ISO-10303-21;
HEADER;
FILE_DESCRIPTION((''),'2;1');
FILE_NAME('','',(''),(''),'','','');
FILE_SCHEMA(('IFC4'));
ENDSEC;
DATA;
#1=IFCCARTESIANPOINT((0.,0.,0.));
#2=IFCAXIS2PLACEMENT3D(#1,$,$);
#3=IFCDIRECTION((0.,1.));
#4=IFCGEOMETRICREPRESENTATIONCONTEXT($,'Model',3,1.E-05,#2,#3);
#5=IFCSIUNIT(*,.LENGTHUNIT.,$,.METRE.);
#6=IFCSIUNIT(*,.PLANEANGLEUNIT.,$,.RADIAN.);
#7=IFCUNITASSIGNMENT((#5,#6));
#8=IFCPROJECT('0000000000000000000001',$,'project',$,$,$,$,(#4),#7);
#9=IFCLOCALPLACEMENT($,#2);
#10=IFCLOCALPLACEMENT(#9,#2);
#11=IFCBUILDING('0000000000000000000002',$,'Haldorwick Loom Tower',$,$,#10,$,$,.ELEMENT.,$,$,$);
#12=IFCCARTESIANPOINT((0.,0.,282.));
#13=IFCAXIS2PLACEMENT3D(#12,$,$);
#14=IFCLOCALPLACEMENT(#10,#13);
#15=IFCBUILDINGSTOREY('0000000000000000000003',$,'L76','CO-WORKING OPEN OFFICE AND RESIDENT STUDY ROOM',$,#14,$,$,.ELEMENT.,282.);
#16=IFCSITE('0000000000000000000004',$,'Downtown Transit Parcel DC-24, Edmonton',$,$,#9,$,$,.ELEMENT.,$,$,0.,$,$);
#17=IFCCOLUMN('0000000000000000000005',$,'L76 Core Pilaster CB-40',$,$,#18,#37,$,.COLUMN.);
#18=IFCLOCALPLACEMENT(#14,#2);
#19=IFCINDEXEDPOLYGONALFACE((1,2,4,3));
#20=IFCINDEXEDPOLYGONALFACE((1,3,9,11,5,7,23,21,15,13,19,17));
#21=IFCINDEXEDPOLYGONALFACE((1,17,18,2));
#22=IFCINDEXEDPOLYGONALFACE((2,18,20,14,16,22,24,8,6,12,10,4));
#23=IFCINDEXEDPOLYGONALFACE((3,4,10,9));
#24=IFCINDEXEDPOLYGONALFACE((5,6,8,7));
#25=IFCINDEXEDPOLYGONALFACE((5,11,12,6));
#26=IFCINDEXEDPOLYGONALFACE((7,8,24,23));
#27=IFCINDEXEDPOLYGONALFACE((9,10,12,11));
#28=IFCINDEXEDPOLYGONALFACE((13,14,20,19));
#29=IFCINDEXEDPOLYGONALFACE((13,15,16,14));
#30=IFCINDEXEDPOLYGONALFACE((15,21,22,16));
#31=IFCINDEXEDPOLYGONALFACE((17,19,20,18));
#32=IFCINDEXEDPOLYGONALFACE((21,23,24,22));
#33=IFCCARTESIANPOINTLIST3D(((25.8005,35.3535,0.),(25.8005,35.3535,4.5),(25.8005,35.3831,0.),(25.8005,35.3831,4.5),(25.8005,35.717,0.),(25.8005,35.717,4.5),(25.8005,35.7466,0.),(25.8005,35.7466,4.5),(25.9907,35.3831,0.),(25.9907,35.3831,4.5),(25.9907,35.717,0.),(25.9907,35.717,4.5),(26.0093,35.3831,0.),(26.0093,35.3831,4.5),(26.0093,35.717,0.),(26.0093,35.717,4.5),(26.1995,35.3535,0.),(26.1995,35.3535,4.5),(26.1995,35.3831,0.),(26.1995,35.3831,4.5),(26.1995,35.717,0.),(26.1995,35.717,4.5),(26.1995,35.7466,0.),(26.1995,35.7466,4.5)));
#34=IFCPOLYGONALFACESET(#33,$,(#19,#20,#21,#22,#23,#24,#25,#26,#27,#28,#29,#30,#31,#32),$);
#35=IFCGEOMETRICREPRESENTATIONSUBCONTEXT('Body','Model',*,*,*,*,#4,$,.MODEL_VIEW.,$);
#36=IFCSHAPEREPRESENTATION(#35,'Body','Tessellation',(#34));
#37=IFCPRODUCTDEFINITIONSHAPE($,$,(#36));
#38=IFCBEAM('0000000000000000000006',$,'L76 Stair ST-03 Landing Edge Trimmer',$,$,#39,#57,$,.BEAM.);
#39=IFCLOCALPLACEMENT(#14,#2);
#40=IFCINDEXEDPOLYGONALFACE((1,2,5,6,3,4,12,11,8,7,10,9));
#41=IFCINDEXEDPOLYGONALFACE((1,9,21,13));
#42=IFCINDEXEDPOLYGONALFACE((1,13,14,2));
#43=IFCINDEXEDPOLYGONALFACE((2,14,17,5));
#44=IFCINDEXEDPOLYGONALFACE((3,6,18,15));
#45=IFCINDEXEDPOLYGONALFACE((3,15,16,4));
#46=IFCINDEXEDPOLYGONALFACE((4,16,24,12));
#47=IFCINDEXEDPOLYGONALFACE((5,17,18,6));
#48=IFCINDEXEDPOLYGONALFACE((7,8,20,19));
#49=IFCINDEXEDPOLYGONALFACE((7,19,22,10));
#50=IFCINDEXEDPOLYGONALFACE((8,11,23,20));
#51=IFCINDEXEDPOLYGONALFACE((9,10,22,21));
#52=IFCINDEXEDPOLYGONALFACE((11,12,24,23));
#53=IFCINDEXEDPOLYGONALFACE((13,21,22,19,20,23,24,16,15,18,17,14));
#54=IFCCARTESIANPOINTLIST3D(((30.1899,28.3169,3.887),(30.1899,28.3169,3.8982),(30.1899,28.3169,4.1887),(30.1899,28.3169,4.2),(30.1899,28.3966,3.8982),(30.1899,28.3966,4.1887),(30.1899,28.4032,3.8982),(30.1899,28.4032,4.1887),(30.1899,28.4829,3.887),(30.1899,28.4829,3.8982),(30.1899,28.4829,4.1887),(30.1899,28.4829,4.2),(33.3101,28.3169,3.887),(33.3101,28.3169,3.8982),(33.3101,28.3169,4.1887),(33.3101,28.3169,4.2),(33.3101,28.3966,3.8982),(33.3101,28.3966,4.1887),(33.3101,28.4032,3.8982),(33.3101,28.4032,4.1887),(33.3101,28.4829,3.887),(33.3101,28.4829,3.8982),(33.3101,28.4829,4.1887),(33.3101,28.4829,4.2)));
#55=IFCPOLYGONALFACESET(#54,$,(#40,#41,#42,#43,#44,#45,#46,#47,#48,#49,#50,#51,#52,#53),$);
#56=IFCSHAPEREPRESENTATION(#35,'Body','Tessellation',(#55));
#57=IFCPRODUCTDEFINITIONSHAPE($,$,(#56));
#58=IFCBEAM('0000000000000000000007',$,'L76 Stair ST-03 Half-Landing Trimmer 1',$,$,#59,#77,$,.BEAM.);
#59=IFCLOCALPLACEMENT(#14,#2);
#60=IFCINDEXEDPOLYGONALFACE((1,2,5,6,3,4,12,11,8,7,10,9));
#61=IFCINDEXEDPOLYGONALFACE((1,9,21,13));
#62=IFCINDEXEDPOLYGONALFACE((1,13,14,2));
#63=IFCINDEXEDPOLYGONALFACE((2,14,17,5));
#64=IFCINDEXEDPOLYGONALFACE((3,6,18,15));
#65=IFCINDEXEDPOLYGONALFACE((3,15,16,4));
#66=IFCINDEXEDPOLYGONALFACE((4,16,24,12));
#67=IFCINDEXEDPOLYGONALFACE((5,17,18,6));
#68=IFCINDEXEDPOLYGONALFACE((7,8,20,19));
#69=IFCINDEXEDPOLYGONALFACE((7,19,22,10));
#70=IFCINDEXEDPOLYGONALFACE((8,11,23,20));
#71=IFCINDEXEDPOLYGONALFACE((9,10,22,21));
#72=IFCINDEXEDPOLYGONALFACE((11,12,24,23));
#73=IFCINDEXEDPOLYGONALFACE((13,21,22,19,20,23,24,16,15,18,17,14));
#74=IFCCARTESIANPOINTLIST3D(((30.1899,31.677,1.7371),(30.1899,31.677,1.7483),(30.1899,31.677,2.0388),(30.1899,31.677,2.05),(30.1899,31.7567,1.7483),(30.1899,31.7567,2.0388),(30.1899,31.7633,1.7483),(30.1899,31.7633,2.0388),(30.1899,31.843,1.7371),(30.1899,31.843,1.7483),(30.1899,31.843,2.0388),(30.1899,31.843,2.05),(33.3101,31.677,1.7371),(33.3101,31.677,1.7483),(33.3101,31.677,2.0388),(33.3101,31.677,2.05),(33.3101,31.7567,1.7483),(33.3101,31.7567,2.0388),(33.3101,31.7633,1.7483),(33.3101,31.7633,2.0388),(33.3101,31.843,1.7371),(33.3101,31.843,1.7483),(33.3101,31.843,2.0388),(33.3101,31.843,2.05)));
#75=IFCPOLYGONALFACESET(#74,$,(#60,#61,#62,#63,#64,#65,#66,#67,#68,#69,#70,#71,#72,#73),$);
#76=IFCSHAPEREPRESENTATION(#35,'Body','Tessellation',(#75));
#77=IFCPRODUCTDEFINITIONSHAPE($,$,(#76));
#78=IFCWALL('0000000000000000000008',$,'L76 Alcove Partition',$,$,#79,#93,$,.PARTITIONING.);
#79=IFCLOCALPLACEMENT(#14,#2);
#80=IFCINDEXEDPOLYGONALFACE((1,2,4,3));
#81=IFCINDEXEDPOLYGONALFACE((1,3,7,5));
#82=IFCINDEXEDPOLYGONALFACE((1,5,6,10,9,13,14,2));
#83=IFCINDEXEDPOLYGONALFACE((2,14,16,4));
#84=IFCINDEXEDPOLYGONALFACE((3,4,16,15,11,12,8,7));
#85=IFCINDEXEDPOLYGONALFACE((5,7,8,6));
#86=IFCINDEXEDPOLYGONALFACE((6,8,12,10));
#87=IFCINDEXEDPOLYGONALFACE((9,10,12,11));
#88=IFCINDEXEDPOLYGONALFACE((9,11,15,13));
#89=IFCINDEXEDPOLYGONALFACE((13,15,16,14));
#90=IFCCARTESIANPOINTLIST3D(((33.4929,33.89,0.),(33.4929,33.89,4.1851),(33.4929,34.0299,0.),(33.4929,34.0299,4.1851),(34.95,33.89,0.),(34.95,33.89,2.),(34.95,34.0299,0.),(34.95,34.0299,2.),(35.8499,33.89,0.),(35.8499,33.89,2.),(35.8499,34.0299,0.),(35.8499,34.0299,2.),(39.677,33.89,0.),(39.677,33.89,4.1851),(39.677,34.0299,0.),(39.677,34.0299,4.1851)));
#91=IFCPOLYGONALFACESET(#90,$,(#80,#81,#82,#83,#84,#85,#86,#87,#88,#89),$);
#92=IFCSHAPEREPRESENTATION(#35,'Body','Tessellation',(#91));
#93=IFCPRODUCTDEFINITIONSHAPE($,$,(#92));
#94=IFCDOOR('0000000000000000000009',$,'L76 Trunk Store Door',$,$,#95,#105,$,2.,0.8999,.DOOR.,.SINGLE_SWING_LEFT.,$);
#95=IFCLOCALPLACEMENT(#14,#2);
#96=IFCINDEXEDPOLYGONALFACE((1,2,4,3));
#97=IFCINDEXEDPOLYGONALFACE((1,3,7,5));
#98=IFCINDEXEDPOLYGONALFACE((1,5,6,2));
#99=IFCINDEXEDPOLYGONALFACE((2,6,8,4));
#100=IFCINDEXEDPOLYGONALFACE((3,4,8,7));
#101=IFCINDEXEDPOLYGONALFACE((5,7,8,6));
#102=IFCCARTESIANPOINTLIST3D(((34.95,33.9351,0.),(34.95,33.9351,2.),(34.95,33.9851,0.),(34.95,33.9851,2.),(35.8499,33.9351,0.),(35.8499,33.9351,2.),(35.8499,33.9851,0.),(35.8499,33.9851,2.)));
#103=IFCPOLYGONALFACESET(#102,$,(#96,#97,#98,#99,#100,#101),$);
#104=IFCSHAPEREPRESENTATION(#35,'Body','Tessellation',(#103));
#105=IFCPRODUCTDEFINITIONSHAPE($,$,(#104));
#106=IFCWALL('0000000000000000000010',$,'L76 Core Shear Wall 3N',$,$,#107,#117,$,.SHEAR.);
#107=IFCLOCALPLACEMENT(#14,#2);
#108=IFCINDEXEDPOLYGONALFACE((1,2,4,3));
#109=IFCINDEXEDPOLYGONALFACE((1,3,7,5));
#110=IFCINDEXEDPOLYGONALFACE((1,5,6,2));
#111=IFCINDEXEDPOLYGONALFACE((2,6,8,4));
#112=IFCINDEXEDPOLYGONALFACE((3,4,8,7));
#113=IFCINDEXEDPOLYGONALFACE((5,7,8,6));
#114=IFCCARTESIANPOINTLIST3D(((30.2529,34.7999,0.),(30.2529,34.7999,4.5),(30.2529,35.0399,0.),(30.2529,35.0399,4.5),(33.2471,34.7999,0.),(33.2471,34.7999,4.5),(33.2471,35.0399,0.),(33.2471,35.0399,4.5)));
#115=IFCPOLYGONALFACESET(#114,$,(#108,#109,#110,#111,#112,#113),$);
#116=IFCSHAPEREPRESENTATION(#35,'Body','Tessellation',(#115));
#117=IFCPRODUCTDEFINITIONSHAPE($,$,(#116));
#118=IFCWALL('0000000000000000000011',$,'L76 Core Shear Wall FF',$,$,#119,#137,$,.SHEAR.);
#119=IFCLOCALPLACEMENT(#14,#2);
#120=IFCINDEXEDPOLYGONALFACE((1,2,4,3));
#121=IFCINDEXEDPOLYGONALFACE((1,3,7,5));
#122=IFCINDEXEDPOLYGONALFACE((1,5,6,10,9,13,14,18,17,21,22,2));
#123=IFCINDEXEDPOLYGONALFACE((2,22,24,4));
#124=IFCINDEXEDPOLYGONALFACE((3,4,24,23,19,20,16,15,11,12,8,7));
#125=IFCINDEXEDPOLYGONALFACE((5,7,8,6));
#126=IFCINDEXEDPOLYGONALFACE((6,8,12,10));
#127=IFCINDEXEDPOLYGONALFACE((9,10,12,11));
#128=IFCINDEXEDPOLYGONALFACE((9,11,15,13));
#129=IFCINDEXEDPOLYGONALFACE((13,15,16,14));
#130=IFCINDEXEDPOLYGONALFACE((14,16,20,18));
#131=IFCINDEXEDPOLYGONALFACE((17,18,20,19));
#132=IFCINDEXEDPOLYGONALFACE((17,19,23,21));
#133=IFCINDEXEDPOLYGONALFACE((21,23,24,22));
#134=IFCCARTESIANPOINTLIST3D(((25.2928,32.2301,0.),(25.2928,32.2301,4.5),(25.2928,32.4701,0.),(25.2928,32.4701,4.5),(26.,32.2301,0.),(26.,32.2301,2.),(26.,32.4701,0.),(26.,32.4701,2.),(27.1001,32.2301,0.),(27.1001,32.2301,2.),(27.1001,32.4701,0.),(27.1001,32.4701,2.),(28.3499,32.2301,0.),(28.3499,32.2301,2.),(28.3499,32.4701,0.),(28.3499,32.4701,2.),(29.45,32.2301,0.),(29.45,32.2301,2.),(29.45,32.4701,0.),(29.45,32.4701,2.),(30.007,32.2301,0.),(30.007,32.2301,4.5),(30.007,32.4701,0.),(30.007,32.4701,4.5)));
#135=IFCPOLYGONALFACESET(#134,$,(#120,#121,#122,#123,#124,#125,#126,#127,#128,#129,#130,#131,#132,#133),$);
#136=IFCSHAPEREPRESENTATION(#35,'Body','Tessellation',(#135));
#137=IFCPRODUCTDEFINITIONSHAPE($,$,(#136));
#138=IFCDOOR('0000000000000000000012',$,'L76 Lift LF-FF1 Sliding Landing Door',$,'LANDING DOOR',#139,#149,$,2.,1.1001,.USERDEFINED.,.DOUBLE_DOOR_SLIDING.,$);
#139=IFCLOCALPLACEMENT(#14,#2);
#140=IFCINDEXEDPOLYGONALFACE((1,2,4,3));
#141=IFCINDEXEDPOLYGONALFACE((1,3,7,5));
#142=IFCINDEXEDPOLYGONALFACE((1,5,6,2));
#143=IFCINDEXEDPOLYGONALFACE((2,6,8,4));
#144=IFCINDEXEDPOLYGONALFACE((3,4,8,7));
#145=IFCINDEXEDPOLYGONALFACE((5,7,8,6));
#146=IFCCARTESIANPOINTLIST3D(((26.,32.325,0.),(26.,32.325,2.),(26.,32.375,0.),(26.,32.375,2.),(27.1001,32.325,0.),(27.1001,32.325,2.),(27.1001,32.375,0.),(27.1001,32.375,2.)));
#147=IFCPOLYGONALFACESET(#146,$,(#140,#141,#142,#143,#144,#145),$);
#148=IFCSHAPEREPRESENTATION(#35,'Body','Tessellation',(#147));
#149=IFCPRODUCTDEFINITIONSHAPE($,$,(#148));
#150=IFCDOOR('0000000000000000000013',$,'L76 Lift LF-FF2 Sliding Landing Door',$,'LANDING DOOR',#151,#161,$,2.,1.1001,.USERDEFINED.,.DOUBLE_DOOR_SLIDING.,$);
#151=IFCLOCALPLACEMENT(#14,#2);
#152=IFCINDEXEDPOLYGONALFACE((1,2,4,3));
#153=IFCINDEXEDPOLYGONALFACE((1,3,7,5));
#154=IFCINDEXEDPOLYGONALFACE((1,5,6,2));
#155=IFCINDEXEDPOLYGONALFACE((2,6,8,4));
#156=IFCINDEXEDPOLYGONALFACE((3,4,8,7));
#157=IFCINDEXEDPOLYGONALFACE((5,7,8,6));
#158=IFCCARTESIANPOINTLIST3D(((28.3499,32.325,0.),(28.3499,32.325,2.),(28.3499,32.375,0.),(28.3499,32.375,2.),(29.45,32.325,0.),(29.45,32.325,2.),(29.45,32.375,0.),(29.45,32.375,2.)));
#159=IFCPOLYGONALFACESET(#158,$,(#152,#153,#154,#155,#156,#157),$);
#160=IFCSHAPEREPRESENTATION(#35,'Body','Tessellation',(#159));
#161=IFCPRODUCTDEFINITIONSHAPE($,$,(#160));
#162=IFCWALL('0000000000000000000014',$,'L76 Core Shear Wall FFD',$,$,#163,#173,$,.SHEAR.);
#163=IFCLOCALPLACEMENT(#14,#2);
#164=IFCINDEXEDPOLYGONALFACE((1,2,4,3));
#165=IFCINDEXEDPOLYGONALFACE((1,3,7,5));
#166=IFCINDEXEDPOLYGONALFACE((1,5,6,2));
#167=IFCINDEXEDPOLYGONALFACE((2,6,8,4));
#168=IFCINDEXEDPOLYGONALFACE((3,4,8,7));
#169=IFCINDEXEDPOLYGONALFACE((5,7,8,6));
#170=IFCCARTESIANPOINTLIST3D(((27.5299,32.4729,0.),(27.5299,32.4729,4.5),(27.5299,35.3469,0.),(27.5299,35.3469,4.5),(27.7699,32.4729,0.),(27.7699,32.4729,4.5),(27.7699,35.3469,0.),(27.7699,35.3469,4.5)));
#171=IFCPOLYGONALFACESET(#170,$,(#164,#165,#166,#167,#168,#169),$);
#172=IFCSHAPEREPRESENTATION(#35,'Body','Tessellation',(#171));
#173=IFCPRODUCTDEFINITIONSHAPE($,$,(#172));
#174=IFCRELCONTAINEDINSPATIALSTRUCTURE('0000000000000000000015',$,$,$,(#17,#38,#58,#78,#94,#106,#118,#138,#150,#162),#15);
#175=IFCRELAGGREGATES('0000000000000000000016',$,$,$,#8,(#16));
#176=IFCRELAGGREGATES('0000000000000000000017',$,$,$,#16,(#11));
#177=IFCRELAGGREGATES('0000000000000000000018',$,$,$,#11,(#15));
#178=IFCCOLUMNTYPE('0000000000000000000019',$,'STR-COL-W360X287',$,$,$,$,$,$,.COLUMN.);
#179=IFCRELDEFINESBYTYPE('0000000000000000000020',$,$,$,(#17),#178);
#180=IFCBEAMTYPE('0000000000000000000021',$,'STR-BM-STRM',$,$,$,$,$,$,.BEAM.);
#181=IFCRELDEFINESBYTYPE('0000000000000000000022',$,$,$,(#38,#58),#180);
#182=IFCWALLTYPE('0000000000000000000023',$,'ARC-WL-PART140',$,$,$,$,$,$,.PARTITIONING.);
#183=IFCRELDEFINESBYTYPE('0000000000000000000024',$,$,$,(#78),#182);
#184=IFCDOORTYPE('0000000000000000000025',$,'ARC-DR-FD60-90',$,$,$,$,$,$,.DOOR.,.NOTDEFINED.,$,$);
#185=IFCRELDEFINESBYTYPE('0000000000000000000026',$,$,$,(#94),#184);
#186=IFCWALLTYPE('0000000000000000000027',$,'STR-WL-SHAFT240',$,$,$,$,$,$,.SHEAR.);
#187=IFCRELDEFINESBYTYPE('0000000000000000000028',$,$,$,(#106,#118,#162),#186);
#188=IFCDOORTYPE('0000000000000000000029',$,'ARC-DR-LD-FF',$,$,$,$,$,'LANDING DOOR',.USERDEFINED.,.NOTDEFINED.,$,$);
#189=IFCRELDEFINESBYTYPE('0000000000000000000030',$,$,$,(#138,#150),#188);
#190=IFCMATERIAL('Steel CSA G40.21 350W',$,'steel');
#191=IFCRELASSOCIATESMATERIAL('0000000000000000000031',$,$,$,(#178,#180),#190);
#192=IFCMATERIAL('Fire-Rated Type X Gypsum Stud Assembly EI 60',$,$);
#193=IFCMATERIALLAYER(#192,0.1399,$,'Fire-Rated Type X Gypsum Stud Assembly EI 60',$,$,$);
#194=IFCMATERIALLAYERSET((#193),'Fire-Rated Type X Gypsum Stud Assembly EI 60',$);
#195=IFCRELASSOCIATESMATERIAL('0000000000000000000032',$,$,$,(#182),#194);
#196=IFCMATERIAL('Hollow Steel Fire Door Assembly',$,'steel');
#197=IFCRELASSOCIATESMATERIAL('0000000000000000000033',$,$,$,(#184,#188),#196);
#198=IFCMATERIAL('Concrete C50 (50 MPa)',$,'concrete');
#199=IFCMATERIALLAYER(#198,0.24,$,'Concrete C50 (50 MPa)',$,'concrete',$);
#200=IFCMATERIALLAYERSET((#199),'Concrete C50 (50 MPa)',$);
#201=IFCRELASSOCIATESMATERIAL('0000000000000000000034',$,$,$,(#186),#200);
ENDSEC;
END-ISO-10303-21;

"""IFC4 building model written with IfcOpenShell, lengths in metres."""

from ifc_helpers import new_model, si_unit, direction, frame, frame_2d, origin, origin_2d, place, context, subcontext, project, spatial, rectangle, i_section, extrude, material, layer, layer_set, material_profile, profile_set, type_object, element, fill, save


model = new_model("IFC4")

# Units and contexts
model_context = context("Model", 3, precision=1e-05, world=origin(), true_north=direction((0.0, 1.0)))
body_context = subcontext(model_context, "Body", "Model", "MODEL_VIEW")
ifc_project = project(units=[si_unit("LENGTHUNIT", "METRE"), si_unit("PLANEANGLEUNIT", "RADIAN")], contexts=[model_context])

# Site, building, storey
site_placement = place(None, origin())
site = spatial("IfcSite", under=ifc_project, at=site_placement, Name="Downtown Transit Parcel DC-24, Edmonton", CompositionType="ELEMENT", RefElevation=0.0)
building_placement = place(site_placement, origin())
building = spatial("IfcBuilding", under=site, at=building_placement, Name="Haldorwick Loom Tower", CompositionType="ELEMENT")
storey_placement = place(building_placement, frame((0.0, 0.0, 282.0)))
storey = spatial("IfcBuildingStorey", under=building, at=storey_placement, Name="L76", Description="CO-WORKING OPEN OFFICE AND RESIDENT STUDY ROOM", CompositionType="ELEMENT", Elevation=282.0)

# Column
ifc_material_1 = material(Name="Steel CSA G40.21 350W", Category="steel")
ifc_material_profile_1 = material_profile(ifc_material_1, i_section(OverallWidth=0.3989, OverallDepth=0.3931, WebThickness=0.0186, FlangeThickness=0.0295, at=origin_2d()), Name="W360X287", Category="steel")
ifc_profile_set_1 = profile_set([ifc_material_profile_1], Name="Steel CSA G40.21 350W")
column_type = type_object("IfcColumnType", Name="STR-COL-W360X287", PredefinedType="COLUMN", material=ifc_profile_set_1)
column_placement = place(storey_placement, frame((26.0, 35.55, 0.0), z_axis=(0.0, 0.0, 1.0), x_axis=(1.0, 0.0, 0.0)))
element("IfcColumn", 1, at=column_placement, inside=storey, type_object=column_type, Name="L76 Core Pilaster CB-40", PredefinedType="COLUMN", context=body_context, shape_type="SweptSolid", body=[
    extrude(i_section(OverallWidth=0.3989, OverallDepth=0.3931, WebThickness=0.0186, FlangeThickness=0.0295, at=origin_2d()), origin(), (0.0, 0.0, 1.0), 4.5),
])

# Beams
ifc_material_profile_2 = material_profile(ifc_material_1, i_section(OverallWidth=0.166, OverallDepth=0.313, WebThickness=0.0066, FlangeThickness=0.0112, at=origin_2d()), Name="W310X45", Category="steel")
ifc_profile_set_2 = profile_set([ifc_material_profile_2], Name="Steel CSA G40.21 350W")
beam_type = type_object("IfcBeamType", Name="STR-BM-STRM", PredefinedType="BEAM", material=ifc_profile_set_2)
for number, where, z_axis, x_axis, name in (
    (2, (30.1899, 28.3999, 4.0435), (1.0, 0.0, 0.0), (0.0, 1.0, 0.0), "L76 Stair ST-03 Landing Edge Trimmer"),
    (3, (30.1899, 31.76, 1.8936), (1.0, 0.0, 0.0), (0.0, 1.0, 0.0), "L76 Stair ST-03 Half-Landing Trimmer 1"),
):
    element("IfcBeam", number, at=place(storey_placement, frame(where, z_axis=z_axis, x_axis=x_axis)), inside=storey, type_object=beam_type, Name=name, PredefinedType="BEAM", context=body_context, shape_type="SweptSolid", body=[
        extrude(i_section(OverallWidth=0.166, OverallDepth=0.313, WebThickness=0.0066, FlangeThickness=0.0112, at=origin_2d()), origin(), (0.0, 0.0, 1.0), 3.1201),
    ])

# Wall, opening, door
ifc_material_2 = material(Name="Fire-Rated Type X Gypsum Stud Assembly EI 60")
ifc_layer_1 = layer(ifc_material_2, 0.1399, Name="Fire-Rated Type X Gypsum Stud Assembly EI 60")
ifc_layer_set_1 = layer_set([ifc_layer_1], Name="Fire-Rated Type X Gypsum Stud Assembly EI 60")
wall_type_1 = type_object("IfcWallType", Name="ARC-WL-PART140", PredefinedType="PARTITIONING", material=ifc_layer_set_1)
wall_1_placement = place(storey_placement, frame((33.4929, 33.96, 0.0), z_axis=(0.0, 0.0, 1.0), x_axis=(1.0, 0.0, 0.0)))
wall_1 = element("IfcWall", 4, at=wall_1_placement, inside=storey, type_object=wall_type_1, Name="L76 Alcove Partition", PredefinedType="PARTITIONING", context=body_context, shape_type="SweptSolid", body=[
    extrude(rectangle(XDim=6.1841, YDim=0.1399, at=frame_2d((3.092, 0.0))), origin(), (0.0, 0.0, 1.0), 4.1851),
])
opening_1_placement = place(wall_1_placement, frame((1.457, 0.0, 0.0)))
opening_1 = element("IfcOpeningElement", 5, at=opening_1_placement, cuts=wall_1, PredefinedType="OPENING", context=body_context, shape_type="SweptSolid", body=[
    extrude(rectangle(XDim=0.8999, YDim=2.0, at=frame_2d((0.45, 1.0))), frame((0.0, 0.0798, 0.0), z_axis=(0.0, -1.0, 0.0), x_axis=(1.0, 0.0, 0.0)), (0.0, 0.0, 1.0), 0.1599),
])
ifc_material_3 = material(Name="Hollow Steel Fire Door Assembly", Category="steel")
door_type_1 = type_object("IfcDoorType", Name="ARC-DR-FD60-90", OperationType="NOTDEFINED", PredefinedType="DOOR", material=ifc_material_3)
door_1_placement = place(opening_1_placement, frame((0.8999, 0.0, 0.0), z_axis=(0.0, 0.0, 1.0), x_axis=(-1.0, 0.0, 0.0)))
door_1 = element("IfcDoor", 6, at=door_1_placement, inside=storey, type_object=door_type_1, Name="L76 Trunk Store Door", OperationType="SINGLE_SWING_LEFT", OverallHeight=2.0, OverallWidth=0.8999, PredefinedType="DOOR", context=body_context, shape_type="SweptSolid", body=[
    extrude(rectangle(XDim=0.8999, YDim=2.0, at=frame_2d((0.45, 1.0))), frame((0.0, 0.0249, 0.0), z_axis=(0.0, -1.0, 0.0), x_axis=(1.0, 0.0, 0.0)), (0.0, 0.0, 1.0), 0.05),
])
fill(opening_1, door_1)

# Wall
ifc_material_4 = material(Name="Concrete C50 (50 MPa)", Category="concrete")
ifc_layer_2 = layer(ifc_material_4, 0.24, Name="Concrete C50 (50 MPa)", Category="concrete")
ifc_layer_set_2 = layer_set([ifc_layer_2], Name="Concrete C50 (50 MPa)")
wall_type_2 = type_object("IfcWallType", Name="STR-WL-SHAFT240", PredefinedType="SHEAR", material=ifc_layer_set_2)
wall_2_placement = place(storey_placement, frame((30.2529, 34.9199, 0.0), z_axis=(0.0, 0.0, 1.0), x_axis=(1.0, 0.0, 0.0)))
element("IfcWall", 7, at=wall_2_placement, inside=storey, type_object=wall_type_2, Name="L76 Core Shear Wall 3N", PredefinedType="SHEAR", context=body_context, shape_type="SweptSolid", body=[
    extrude(rectangle(XDim=2.9941, YDim=0.24, at=frame_2d((1.4971, 0.0))), origin(), (0.0, 0.0, 1.0), 4.5),
])

# Wall, openings, doors
wall_3_placement = place(storey_placement, frame((25.293, 32.3501, 0.0), z_axis=(0.0, 0.0, 1.0), x_axis=(1.0, 0.0, 0.0)))
wall_3 = element("IfcWall", 8, at=wall_3_placement, inside=storey, type_object=wall_type_2, Name="L76 Core Shear Wall FF", PredefinedType="SHEAR", context=body_context, shape_type="SweptSolid", body=[
    extrude(rectangle(XDim=4.7141, YDim=0.24, at=frame_2d((2.3569, 0.0))), origin(), (0.0, 0.0, 1.0), 4.5),
])
opening_2_placement = place(wall_3_placement, frame((0.707, 0.0, 0.0)))
opening_2 = element("IfcOpeningElement", 9, at=opening_2_placement, cuts=wall_3, PredefinedType="OPENING", context=body_context, shape_type="SweptSolid", body=[
    extrude(rectangle(XDim=1.1001, YDim=2.0, at=frame_2d((0.55, 1.0))), frame((0.0, 0.1299, 0.0), z_axis=(0.0, -1.0, 0.0), x_axis=(1.0, 0.0, 0.0)), (0.0, 0.0, 1.0), 0.26),
])
opening_3_placement = place(wall_3_placement, frame((3.0569, 0.0, 0.0)))
opening_3 = element("IfcOpeningElement", 10, at=opening_3_placement, cuts=wall_3, PredefinedType="OPENING", context=body_context, shape_type="SweptSolid", body=[
    extrude(rectangle(XDim=1.1001, YDim=2.0, at=frame_2d((0.55, 1.0))), frame((0.0, 0.1299, 0.0), z_axis=(0.0, -1.0, 0.0), x_axis=(1.0, 0.0, 0.0)), (0.0, 0.0, 1.0), 0.26),
])
door_type_2 = type_object("IfcDoorType", Name="ARC-DR-LD-FF", ElementType="LANDING DOOR", OperationType="NOTDEFINED", PredefinedType="USERDEFINED", material=ifc_material_3)
door_2_placement = place(opening_2_placement, origin())
door_2 = element("IfcDoor", 11, at=door_2_placement, inside=storey, type_object=door_type_2, Name="L76 Lift LF-FF1 Sliding Landing Door", ObjectType="LANDING DOOR", OperationType="DOUBLE_DOOR_SLIDING", OverallHeight=2.0, OverallWidth=1.1001, PredefinedType="USERDEFINED", context=body_context, shape_type="SweptSolid", body=[
    extrude(rectangle(XDim=1.1001, YDim=2.0, at=frame_2d((0.55, 1.0))), frame((0.0, 0.0249, 0.0), z_axis=(0.0, -1.0, 0.0), x_axis=(1.0, 0.0, 0.0)), (0.0, 0.0, 1.0), 0.05),
])
fill(opening_2, door_2)
door_3_placement = place(opening_3_placement, origin())
door_3 = element("IfcDoor", 12, at=door_3_placement, inside=storey, type_object=door_type_2, Name="L76 Lift LF-FF2 Sliding Landing Door", ObjectType="LANDING DOOR", OperationType="DOUBLE_DOOR_SLIDING", OverallHeight=2.0, OverallWidth=1.1001, PredefinedType="USERDEFINED", context=body_context, shape_type="SweptSolid", body=[
    extrude(rectangle(XDim=1.1001, YDim=2.0, at=frame_2d((0.55, 1.0))), frame((0.0, 0.0249, 0.0), z_axis=(0.0, -1.0, 0.0), x_axis=(1.0, 0.0, 0.0)), (0.0, 0.0, 1.0), 0.05),
])
fill(opening_3, door_3)

# Wall
wall_4_placement = place(storey_placement, frame((27.6499, 32.4729, 0.0), z_axis=(0.0, 0.0, 1.0), x_axis=(0.0, 1.0, 0.0)))
element("IfcWall", 13, at=wall_4_placement, inside=storey, type_object=wall_type_2, Name="L76 Core Shear Wall FFD", PredefinedType="SHEAR", context=body_context, shape_type="SweptSolid", body=[
    extrude(rectangle(XDim=2.874, YDim=0.24, at=frame_2d((1.437, 0.0))), origin(), (0.0, 0.0, 1.0), 4.5),
])

save(model, "model.ifc")
